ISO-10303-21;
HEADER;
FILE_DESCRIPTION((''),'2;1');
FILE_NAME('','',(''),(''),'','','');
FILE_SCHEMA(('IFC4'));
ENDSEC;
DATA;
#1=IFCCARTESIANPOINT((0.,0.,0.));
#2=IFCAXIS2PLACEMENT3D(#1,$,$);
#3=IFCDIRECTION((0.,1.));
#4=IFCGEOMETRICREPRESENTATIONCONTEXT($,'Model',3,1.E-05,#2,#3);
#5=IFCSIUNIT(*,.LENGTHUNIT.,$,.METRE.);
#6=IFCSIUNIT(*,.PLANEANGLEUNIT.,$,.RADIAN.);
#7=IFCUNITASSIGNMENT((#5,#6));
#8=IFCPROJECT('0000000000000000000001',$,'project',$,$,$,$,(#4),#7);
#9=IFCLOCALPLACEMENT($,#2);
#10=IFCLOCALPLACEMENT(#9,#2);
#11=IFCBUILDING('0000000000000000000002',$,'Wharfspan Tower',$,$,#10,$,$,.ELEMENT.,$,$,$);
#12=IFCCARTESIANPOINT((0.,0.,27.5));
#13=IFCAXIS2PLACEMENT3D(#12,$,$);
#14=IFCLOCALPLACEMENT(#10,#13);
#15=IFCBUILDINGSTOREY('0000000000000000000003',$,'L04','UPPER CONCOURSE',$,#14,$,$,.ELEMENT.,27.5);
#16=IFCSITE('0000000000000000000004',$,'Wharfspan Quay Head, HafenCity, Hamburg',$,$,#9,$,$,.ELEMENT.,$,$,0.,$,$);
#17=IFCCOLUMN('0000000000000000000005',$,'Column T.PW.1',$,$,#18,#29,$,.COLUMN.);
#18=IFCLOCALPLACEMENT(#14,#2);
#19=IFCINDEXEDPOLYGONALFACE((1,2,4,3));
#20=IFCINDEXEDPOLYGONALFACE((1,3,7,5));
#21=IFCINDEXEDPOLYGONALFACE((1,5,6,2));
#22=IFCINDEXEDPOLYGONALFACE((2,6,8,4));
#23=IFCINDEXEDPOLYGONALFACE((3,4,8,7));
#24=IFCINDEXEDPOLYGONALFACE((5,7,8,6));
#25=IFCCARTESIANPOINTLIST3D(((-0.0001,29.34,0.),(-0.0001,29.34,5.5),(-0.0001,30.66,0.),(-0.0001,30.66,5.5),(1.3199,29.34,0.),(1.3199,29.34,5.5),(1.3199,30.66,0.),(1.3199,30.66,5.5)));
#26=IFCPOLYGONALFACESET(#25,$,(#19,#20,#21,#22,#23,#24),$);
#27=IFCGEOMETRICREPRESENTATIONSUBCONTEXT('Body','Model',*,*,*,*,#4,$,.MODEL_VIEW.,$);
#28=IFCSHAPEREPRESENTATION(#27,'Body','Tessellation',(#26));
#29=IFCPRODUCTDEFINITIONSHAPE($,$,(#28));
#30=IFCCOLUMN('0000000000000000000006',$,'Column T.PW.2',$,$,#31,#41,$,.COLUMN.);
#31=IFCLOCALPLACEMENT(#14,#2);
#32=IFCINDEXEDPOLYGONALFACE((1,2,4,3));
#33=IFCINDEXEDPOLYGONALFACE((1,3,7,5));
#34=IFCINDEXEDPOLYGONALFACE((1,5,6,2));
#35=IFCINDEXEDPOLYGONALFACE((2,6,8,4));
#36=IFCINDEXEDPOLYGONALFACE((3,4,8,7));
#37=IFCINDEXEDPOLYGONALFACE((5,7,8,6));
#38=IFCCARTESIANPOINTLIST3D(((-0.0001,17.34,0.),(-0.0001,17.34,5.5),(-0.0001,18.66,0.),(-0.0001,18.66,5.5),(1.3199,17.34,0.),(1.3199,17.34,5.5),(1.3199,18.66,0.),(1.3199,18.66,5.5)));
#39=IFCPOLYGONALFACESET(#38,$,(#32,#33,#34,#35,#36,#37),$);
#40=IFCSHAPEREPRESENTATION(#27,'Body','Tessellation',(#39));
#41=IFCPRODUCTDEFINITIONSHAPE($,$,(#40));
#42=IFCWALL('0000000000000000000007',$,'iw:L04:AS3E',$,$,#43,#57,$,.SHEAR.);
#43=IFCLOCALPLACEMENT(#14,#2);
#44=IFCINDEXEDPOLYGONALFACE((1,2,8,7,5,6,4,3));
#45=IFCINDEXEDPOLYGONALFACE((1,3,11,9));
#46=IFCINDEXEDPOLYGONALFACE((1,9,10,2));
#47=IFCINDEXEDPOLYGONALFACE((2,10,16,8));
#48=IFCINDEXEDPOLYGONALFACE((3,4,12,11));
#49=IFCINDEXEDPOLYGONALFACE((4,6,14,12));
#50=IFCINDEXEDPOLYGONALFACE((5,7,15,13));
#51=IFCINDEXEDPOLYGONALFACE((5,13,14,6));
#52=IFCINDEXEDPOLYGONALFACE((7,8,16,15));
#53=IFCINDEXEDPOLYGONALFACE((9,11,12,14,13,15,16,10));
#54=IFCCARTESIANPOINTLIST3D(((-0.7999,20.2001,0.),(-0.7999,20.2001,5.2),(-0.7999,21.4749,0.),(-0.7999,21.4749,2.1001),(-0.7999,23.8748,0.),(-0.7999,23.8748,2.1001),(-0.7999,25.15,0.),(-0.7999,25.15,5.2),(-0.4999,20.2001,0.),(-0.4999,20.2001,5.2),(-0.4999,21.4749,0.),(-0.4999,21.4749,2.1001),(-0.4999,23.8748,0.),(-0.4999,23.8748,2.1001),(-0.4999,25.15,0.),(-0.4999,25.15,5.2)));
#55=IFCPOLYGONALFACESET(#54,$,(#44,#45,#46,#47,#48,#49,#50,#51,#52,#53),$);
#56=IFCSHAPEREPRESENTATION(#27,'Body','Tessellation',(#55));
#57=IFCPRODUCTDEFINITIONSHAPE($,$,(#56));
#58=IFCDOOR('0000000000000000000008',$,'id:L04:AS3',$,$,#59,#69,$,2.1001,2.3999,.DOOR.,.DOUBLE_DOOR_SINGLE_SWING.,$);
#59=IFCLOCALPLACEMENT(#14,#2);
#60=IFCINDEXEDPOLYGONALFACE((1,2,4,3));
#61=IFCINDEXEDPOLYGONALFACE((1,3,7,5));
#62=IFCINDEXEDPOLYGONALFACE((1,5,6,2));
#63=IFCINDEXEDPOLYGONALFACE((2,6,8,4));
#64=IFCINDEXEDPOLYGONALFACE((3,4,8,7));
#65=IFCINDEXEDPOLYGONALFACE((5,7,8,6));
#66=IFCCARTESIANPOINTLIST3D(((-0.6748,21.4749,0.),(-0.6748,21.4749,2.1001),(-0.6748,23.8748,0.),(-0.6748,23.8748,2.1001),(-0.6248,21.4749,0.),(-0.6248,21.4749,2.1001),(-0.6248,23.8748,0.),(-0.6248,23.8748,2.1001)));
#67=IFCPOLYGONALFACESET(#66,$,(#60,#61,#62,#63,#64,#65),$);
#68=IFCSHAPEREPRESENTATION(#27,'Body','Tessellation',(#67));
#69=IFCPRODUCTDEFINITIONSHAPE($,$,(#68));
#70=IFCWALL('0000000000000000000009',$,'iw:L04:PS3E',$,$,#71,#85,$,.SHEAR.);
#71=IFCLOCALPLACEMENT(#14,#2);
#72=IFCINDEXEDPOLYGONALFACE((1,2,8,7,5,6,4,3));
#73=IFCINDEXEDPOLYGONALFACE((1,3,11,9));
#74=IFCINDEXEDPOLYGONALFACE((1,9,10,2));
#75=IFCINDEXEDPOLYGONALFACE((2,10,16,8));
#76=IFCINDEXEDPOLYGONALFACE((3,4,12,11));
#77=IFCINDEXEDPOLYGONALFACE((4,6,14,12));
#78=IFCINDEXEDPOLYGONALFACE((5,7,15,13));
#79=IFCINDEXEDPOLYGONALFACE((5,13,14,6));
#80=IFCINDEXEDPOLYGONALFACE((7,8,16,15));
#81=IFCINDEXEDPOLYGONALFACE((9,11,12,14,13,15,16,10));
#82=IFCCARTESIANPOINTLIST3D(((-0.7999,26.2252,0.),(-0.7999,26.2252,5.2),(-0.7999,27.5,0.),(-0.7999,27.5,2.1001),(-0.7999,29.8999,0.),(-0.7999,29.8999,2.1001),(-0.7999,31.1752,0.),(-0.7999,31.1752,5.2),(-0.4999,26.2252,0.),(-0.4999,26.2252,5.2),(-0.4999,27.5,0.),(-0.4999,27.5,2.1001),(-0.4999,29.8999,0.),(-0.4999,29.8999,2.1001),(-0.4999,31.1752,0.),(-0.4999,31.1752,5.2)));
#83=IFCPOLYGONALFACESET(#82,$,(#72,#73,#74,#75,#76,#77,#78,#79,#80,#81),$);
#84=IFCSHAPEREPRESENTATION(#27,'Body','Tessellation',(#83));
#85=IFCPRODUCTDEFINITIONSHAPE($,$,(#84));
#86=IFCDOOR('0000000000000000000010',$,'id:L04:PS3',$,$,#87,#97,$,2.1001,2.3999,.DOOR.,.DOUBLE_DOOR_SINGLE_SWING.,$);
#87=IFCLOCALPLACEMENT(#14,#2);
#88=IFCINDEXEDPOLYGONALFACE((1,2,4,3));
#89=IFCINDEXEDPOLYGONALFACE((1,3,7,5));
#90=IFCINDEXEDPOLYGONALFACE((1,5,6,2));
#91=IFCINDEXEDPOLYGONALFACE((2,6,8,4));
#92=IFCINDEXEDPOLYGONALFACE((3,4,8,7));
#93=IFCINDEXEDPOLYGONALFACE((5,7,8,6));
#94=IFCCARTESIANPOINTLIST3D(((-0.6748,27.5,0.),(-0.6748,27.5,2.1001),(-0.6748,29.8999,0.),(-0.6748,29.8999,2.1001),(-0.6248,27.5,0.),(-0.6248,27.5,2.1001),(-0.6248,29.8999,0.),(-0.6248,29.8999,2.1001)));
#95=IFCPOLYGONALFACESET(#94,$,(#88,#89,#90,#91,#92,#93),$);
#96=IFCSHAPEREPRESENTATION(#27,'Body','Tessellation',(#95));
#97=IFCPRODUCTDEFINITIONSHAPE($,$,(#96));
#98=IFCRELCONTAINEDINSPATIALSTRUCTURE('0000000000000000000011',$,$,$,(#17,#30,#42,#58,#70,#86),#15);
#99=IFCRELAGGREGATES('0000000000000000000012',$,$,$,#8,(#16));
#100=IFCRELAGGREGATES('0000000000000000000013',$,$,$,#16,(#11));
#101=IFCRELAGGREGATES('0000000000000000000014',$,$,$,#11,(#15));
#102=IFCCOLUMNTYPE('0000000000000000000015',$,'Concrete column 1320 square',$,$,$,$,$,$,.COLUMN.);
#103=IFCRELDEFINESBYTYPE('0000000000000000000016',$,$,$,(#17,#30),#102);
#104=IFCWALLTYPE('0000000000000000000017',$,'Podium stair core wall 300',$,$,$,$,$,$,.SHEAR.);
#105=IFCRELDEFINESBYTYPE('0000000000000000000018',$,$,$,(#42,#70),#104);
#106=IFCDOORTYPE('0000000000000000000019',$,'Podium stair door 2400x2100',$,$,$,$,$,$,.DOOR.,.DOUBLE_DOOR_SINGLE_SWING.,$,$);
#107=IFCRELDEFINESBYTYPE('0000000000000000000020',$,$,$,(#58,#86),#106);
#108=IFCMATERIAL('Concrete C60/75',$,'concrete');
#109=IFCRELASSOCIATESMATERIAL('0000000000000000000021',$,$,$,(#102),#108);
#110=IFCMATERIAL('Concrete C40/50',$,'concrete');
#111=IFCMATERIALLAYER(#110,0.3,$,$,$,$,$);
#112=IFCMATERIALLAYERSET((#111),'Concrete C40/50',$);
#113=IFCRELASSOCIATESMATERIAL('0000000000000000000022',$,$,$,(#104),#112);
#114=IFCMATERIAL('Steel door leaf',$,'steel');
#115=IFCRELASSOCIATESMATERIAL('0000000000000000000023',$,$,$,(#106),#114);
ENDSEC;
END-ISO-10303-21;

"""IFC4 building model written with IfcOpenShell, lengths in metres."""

from ifc_helpers import new_model, si_unit, direction, frame, frame_2d, origin, origin_2d, place, context, subcontext, project, spatial, rectangle, extrude, material, layer, layer_set, material_profile, profile_set, type_object, element, fill, save


model = new_model("IFC4")

# Units and contexts
model_context = context("Model", 3, precision=1e-05, world=origin(), true_north=direction((0.0, 1.0)))
body_context = subcontext(model_context, "Body", "Model", "MODEL_VIEW")
ifc_project = project(units=[si_unit("LENGTHUNIT", "METRE"), si_unit("PLANEANGLEUNIT", "RADIAN")], contexts=[model_context])

# Site, building, storey
site_placement = place(None, origin())
site = spatial("IfcSite", under=ifc_project, at=site_placement, Name="Wharfspan Quay Head, HafenCity, Hamburg", CompositionType="ELEMENT", RefElevation=0.0)
building_placement = place(site_placement, origin())
building = spatial("IfcBuilding", under=site, at=building_placement, Name="Wharfspan Tower", CompositionType="ELEMENT")
storey_placement = place(building_placement, frame((0.0, 0.0, 27.5)))
storey = spatial("IfcBuildingStorey", under=building, at=storey_placement, Name="L04", Description="UPPER CONCOURSE", CompositionType="ELEMENT", Elevation=27.5)

# Columns
ifc_material_1 = material(Name="Concrete C60/75", Category="concrete")
ifc_material_profile = material_profile(ifc_material_1, rectangle(XDim=1.3201, YDim=1.3201, at=origin_2d()))
ifc_profile_set = profile_set([ifc_material_profile], Name="Concrete C60/75")
column_type = type_object("IfcColumnType", Name="Concrete column 1320 square", PredefinedType="COLUMN", material=ifc_profile_set)
for number, where, z_axis, x_axis, name in (
    (1, (0.6599, 30.0, 0.0), (0.0, 0.0, 1.0), (1.0, 0.0, 0.0), "Column T.PW.1"),
    (2, (0.6599, 18.0, 0.0), (0.0, 0.0, 1.0), (1.0, 0.0, 0.0), "Column T.PW.2"),
):
    element("IfcColumn", number, at=place(storey_placement, frame(where, z_axis=z_axis, x_axis=x_axis)), inside=storey, type_object=column_type, Name=name, PredefinedType="COLUMN", context=body_context, shape_type="SweptSolid", body=[
        extrude(rectangle(XDim=1.3201, YDim=1.3201, at=origin_2d()), origin(), (0.0, 0.0, 1.0), 5.5),
    ])

# Walls, openings, doors
ifc_material_2 = material(Name="Concrete C40/50", Category="concrete")
ifc_layer = layer(ifc_material_2, 0.3)
ifc_layer_set = layer_set([ifc_layer], Name="Concrete C40/50")
wall_type = type_object("IfcWallType", Name="Podium stair core wall 300", PredefinedType="SHEAR", material=ifc_layer_set)
wall_1_placement = place(storey_placement, frame((-0.6499, 20.2, 0.0), z_axis=(0.0, 0.0, 1.0), x_axis=(0.0, 1.0, 0.0)))
wall_1 = element("IfcWall", 3, at=wall_1_placement, inside=storey, type_object=wall_type, Name="iw:L04:AS3E", PredefinedType="SHEAR", context=body_context, shape_type="SweptSolid", body=[
    extrude(rectangle(XDim=4.95, YDim=0.3, at=frame_2d((2.4751, 0.0))), origin(), (0.0, 0.0, 1.0), 5.2),
])
opening_1_placement = place(wall_1_placement, frame((1.2749, 0.0, 0.0)))
opening_1 = element("IfcOpeningElement", 4, at=opening_1_placement, cuts=wall_1, PredefinedType="OPENING", context=body_context, shape_type="SweptSolid", body=[
    extrude(rectangle(XDim=2.3999, YDim=2.1001, at=frame_2d((1.2, 1.05))), frame((0.0, 0.1599, 0.0), z_axis=(0.0, -1.0, 0.0), x_axis=(1.0, 0.0, 0.0)), (0.0, 0.0, 1.0), 0.3201),
])
ifc_material_3 = material(Name="Steel door leaf", Category="steel")
door_type = type_object("IfcDoorType", Name="Podium stair door 2400x2100", OperationType="DOUBLE_DOOR_SINGLE_SWING", PredefinedType="DOOR", material=ifc_material_3)
door_1_placement = place(opening_1_placement, origin())
door_1 = element("IfcDoor", 5, at=door_1_placement, inside=storey, type_object=door_type, Name="id:L04:AS3", OperationType="DOUBLE_DOOR_SINGLE_SWING", OverallHeight=2.1001, OverallWidth=2.3999, PredefinedType="DOOR", context=body_context, shape_type="SweptSolid", body=[
    extrude(rectangle(XDim=2.3999, YDim=2.1001, at=frame_2d((1.2, 1.05))), frame((0.0, 0.0249, 0.0), z_axis=(0.0, -1.0, 0.0), x_axis=(1.0, 0.0, 0.0)), (0.0, 0.0, 1.0), 0.05),
])
fill(opening_1, door_1)
wall_2_placement = place(storey_placement, frame((-0.6499, 26.2251, 0.0), z_axis=(0.0, 0.0, 1.0), x_axis=(0.0, 1.0, 0.0)))
wall_2 = element("IfcWall", 6, at=wall_2_placement, inside=storey, type_object=wall_type, Name="iw:L04:PS3E", PredefinedType="SHEAR", context=body_context, shape_type="SweptSolid", body=[
    extrude(rectangle(XDim=4.95, YDim=0.3, at=frame_2d((2.4751, 0.0))), origin(), (0.0, 0.0, 1.0), 5.2),
])
opening_2_placement = place(wall_2_placement, frame((1.2749, 0.0, 0.0)))
opening_2 = element("IfcOpeningElement", 7, at=opening_2_placement, cuts=wall_2, PredefinedType="OPENING", context=body_context, shape_type="SweptSolid", body=[
    extrude(rectangle(XDim=2.3999, YDim=2.1001, at=frame_2d((1.2, 1.05))), frame((0.0, 0.1599, 0.0), z_axis=(0.0, -1.0, 0.0), x_axis=(1.0, 0.0, 0.0)), (0.0, 0.0, 1.0), 0.3201),
])
door_2_placement = place(opening_2_placement, origin())
door_2 = element("IfcDoor", 8, at=door_2_placement, inside=storey, type_object=door_type, Name="id:L04:PS3", OperationType="DOUBLE_DOOR_SINGLE_SWING", OverallHeight=2.1001, OverallWidth=2.3999, PredefinedType="DOOR", context=body_context, shape_type="SweptSolid", body=[
    extrude(rectangle(XDim=2.3999, YDim=2.1001, at=frame_2d((1.2, 1.05))), frame((0.0, 0.0249, 0.0), z_axis=(0.0, -1.0, 0.0), x_axis=(1.0, 0.0, 0.0)), (0.0, 0.0, 1.0), 0.05),
])
fill(opening_2, door_2)

save(model, "model.ifc")
